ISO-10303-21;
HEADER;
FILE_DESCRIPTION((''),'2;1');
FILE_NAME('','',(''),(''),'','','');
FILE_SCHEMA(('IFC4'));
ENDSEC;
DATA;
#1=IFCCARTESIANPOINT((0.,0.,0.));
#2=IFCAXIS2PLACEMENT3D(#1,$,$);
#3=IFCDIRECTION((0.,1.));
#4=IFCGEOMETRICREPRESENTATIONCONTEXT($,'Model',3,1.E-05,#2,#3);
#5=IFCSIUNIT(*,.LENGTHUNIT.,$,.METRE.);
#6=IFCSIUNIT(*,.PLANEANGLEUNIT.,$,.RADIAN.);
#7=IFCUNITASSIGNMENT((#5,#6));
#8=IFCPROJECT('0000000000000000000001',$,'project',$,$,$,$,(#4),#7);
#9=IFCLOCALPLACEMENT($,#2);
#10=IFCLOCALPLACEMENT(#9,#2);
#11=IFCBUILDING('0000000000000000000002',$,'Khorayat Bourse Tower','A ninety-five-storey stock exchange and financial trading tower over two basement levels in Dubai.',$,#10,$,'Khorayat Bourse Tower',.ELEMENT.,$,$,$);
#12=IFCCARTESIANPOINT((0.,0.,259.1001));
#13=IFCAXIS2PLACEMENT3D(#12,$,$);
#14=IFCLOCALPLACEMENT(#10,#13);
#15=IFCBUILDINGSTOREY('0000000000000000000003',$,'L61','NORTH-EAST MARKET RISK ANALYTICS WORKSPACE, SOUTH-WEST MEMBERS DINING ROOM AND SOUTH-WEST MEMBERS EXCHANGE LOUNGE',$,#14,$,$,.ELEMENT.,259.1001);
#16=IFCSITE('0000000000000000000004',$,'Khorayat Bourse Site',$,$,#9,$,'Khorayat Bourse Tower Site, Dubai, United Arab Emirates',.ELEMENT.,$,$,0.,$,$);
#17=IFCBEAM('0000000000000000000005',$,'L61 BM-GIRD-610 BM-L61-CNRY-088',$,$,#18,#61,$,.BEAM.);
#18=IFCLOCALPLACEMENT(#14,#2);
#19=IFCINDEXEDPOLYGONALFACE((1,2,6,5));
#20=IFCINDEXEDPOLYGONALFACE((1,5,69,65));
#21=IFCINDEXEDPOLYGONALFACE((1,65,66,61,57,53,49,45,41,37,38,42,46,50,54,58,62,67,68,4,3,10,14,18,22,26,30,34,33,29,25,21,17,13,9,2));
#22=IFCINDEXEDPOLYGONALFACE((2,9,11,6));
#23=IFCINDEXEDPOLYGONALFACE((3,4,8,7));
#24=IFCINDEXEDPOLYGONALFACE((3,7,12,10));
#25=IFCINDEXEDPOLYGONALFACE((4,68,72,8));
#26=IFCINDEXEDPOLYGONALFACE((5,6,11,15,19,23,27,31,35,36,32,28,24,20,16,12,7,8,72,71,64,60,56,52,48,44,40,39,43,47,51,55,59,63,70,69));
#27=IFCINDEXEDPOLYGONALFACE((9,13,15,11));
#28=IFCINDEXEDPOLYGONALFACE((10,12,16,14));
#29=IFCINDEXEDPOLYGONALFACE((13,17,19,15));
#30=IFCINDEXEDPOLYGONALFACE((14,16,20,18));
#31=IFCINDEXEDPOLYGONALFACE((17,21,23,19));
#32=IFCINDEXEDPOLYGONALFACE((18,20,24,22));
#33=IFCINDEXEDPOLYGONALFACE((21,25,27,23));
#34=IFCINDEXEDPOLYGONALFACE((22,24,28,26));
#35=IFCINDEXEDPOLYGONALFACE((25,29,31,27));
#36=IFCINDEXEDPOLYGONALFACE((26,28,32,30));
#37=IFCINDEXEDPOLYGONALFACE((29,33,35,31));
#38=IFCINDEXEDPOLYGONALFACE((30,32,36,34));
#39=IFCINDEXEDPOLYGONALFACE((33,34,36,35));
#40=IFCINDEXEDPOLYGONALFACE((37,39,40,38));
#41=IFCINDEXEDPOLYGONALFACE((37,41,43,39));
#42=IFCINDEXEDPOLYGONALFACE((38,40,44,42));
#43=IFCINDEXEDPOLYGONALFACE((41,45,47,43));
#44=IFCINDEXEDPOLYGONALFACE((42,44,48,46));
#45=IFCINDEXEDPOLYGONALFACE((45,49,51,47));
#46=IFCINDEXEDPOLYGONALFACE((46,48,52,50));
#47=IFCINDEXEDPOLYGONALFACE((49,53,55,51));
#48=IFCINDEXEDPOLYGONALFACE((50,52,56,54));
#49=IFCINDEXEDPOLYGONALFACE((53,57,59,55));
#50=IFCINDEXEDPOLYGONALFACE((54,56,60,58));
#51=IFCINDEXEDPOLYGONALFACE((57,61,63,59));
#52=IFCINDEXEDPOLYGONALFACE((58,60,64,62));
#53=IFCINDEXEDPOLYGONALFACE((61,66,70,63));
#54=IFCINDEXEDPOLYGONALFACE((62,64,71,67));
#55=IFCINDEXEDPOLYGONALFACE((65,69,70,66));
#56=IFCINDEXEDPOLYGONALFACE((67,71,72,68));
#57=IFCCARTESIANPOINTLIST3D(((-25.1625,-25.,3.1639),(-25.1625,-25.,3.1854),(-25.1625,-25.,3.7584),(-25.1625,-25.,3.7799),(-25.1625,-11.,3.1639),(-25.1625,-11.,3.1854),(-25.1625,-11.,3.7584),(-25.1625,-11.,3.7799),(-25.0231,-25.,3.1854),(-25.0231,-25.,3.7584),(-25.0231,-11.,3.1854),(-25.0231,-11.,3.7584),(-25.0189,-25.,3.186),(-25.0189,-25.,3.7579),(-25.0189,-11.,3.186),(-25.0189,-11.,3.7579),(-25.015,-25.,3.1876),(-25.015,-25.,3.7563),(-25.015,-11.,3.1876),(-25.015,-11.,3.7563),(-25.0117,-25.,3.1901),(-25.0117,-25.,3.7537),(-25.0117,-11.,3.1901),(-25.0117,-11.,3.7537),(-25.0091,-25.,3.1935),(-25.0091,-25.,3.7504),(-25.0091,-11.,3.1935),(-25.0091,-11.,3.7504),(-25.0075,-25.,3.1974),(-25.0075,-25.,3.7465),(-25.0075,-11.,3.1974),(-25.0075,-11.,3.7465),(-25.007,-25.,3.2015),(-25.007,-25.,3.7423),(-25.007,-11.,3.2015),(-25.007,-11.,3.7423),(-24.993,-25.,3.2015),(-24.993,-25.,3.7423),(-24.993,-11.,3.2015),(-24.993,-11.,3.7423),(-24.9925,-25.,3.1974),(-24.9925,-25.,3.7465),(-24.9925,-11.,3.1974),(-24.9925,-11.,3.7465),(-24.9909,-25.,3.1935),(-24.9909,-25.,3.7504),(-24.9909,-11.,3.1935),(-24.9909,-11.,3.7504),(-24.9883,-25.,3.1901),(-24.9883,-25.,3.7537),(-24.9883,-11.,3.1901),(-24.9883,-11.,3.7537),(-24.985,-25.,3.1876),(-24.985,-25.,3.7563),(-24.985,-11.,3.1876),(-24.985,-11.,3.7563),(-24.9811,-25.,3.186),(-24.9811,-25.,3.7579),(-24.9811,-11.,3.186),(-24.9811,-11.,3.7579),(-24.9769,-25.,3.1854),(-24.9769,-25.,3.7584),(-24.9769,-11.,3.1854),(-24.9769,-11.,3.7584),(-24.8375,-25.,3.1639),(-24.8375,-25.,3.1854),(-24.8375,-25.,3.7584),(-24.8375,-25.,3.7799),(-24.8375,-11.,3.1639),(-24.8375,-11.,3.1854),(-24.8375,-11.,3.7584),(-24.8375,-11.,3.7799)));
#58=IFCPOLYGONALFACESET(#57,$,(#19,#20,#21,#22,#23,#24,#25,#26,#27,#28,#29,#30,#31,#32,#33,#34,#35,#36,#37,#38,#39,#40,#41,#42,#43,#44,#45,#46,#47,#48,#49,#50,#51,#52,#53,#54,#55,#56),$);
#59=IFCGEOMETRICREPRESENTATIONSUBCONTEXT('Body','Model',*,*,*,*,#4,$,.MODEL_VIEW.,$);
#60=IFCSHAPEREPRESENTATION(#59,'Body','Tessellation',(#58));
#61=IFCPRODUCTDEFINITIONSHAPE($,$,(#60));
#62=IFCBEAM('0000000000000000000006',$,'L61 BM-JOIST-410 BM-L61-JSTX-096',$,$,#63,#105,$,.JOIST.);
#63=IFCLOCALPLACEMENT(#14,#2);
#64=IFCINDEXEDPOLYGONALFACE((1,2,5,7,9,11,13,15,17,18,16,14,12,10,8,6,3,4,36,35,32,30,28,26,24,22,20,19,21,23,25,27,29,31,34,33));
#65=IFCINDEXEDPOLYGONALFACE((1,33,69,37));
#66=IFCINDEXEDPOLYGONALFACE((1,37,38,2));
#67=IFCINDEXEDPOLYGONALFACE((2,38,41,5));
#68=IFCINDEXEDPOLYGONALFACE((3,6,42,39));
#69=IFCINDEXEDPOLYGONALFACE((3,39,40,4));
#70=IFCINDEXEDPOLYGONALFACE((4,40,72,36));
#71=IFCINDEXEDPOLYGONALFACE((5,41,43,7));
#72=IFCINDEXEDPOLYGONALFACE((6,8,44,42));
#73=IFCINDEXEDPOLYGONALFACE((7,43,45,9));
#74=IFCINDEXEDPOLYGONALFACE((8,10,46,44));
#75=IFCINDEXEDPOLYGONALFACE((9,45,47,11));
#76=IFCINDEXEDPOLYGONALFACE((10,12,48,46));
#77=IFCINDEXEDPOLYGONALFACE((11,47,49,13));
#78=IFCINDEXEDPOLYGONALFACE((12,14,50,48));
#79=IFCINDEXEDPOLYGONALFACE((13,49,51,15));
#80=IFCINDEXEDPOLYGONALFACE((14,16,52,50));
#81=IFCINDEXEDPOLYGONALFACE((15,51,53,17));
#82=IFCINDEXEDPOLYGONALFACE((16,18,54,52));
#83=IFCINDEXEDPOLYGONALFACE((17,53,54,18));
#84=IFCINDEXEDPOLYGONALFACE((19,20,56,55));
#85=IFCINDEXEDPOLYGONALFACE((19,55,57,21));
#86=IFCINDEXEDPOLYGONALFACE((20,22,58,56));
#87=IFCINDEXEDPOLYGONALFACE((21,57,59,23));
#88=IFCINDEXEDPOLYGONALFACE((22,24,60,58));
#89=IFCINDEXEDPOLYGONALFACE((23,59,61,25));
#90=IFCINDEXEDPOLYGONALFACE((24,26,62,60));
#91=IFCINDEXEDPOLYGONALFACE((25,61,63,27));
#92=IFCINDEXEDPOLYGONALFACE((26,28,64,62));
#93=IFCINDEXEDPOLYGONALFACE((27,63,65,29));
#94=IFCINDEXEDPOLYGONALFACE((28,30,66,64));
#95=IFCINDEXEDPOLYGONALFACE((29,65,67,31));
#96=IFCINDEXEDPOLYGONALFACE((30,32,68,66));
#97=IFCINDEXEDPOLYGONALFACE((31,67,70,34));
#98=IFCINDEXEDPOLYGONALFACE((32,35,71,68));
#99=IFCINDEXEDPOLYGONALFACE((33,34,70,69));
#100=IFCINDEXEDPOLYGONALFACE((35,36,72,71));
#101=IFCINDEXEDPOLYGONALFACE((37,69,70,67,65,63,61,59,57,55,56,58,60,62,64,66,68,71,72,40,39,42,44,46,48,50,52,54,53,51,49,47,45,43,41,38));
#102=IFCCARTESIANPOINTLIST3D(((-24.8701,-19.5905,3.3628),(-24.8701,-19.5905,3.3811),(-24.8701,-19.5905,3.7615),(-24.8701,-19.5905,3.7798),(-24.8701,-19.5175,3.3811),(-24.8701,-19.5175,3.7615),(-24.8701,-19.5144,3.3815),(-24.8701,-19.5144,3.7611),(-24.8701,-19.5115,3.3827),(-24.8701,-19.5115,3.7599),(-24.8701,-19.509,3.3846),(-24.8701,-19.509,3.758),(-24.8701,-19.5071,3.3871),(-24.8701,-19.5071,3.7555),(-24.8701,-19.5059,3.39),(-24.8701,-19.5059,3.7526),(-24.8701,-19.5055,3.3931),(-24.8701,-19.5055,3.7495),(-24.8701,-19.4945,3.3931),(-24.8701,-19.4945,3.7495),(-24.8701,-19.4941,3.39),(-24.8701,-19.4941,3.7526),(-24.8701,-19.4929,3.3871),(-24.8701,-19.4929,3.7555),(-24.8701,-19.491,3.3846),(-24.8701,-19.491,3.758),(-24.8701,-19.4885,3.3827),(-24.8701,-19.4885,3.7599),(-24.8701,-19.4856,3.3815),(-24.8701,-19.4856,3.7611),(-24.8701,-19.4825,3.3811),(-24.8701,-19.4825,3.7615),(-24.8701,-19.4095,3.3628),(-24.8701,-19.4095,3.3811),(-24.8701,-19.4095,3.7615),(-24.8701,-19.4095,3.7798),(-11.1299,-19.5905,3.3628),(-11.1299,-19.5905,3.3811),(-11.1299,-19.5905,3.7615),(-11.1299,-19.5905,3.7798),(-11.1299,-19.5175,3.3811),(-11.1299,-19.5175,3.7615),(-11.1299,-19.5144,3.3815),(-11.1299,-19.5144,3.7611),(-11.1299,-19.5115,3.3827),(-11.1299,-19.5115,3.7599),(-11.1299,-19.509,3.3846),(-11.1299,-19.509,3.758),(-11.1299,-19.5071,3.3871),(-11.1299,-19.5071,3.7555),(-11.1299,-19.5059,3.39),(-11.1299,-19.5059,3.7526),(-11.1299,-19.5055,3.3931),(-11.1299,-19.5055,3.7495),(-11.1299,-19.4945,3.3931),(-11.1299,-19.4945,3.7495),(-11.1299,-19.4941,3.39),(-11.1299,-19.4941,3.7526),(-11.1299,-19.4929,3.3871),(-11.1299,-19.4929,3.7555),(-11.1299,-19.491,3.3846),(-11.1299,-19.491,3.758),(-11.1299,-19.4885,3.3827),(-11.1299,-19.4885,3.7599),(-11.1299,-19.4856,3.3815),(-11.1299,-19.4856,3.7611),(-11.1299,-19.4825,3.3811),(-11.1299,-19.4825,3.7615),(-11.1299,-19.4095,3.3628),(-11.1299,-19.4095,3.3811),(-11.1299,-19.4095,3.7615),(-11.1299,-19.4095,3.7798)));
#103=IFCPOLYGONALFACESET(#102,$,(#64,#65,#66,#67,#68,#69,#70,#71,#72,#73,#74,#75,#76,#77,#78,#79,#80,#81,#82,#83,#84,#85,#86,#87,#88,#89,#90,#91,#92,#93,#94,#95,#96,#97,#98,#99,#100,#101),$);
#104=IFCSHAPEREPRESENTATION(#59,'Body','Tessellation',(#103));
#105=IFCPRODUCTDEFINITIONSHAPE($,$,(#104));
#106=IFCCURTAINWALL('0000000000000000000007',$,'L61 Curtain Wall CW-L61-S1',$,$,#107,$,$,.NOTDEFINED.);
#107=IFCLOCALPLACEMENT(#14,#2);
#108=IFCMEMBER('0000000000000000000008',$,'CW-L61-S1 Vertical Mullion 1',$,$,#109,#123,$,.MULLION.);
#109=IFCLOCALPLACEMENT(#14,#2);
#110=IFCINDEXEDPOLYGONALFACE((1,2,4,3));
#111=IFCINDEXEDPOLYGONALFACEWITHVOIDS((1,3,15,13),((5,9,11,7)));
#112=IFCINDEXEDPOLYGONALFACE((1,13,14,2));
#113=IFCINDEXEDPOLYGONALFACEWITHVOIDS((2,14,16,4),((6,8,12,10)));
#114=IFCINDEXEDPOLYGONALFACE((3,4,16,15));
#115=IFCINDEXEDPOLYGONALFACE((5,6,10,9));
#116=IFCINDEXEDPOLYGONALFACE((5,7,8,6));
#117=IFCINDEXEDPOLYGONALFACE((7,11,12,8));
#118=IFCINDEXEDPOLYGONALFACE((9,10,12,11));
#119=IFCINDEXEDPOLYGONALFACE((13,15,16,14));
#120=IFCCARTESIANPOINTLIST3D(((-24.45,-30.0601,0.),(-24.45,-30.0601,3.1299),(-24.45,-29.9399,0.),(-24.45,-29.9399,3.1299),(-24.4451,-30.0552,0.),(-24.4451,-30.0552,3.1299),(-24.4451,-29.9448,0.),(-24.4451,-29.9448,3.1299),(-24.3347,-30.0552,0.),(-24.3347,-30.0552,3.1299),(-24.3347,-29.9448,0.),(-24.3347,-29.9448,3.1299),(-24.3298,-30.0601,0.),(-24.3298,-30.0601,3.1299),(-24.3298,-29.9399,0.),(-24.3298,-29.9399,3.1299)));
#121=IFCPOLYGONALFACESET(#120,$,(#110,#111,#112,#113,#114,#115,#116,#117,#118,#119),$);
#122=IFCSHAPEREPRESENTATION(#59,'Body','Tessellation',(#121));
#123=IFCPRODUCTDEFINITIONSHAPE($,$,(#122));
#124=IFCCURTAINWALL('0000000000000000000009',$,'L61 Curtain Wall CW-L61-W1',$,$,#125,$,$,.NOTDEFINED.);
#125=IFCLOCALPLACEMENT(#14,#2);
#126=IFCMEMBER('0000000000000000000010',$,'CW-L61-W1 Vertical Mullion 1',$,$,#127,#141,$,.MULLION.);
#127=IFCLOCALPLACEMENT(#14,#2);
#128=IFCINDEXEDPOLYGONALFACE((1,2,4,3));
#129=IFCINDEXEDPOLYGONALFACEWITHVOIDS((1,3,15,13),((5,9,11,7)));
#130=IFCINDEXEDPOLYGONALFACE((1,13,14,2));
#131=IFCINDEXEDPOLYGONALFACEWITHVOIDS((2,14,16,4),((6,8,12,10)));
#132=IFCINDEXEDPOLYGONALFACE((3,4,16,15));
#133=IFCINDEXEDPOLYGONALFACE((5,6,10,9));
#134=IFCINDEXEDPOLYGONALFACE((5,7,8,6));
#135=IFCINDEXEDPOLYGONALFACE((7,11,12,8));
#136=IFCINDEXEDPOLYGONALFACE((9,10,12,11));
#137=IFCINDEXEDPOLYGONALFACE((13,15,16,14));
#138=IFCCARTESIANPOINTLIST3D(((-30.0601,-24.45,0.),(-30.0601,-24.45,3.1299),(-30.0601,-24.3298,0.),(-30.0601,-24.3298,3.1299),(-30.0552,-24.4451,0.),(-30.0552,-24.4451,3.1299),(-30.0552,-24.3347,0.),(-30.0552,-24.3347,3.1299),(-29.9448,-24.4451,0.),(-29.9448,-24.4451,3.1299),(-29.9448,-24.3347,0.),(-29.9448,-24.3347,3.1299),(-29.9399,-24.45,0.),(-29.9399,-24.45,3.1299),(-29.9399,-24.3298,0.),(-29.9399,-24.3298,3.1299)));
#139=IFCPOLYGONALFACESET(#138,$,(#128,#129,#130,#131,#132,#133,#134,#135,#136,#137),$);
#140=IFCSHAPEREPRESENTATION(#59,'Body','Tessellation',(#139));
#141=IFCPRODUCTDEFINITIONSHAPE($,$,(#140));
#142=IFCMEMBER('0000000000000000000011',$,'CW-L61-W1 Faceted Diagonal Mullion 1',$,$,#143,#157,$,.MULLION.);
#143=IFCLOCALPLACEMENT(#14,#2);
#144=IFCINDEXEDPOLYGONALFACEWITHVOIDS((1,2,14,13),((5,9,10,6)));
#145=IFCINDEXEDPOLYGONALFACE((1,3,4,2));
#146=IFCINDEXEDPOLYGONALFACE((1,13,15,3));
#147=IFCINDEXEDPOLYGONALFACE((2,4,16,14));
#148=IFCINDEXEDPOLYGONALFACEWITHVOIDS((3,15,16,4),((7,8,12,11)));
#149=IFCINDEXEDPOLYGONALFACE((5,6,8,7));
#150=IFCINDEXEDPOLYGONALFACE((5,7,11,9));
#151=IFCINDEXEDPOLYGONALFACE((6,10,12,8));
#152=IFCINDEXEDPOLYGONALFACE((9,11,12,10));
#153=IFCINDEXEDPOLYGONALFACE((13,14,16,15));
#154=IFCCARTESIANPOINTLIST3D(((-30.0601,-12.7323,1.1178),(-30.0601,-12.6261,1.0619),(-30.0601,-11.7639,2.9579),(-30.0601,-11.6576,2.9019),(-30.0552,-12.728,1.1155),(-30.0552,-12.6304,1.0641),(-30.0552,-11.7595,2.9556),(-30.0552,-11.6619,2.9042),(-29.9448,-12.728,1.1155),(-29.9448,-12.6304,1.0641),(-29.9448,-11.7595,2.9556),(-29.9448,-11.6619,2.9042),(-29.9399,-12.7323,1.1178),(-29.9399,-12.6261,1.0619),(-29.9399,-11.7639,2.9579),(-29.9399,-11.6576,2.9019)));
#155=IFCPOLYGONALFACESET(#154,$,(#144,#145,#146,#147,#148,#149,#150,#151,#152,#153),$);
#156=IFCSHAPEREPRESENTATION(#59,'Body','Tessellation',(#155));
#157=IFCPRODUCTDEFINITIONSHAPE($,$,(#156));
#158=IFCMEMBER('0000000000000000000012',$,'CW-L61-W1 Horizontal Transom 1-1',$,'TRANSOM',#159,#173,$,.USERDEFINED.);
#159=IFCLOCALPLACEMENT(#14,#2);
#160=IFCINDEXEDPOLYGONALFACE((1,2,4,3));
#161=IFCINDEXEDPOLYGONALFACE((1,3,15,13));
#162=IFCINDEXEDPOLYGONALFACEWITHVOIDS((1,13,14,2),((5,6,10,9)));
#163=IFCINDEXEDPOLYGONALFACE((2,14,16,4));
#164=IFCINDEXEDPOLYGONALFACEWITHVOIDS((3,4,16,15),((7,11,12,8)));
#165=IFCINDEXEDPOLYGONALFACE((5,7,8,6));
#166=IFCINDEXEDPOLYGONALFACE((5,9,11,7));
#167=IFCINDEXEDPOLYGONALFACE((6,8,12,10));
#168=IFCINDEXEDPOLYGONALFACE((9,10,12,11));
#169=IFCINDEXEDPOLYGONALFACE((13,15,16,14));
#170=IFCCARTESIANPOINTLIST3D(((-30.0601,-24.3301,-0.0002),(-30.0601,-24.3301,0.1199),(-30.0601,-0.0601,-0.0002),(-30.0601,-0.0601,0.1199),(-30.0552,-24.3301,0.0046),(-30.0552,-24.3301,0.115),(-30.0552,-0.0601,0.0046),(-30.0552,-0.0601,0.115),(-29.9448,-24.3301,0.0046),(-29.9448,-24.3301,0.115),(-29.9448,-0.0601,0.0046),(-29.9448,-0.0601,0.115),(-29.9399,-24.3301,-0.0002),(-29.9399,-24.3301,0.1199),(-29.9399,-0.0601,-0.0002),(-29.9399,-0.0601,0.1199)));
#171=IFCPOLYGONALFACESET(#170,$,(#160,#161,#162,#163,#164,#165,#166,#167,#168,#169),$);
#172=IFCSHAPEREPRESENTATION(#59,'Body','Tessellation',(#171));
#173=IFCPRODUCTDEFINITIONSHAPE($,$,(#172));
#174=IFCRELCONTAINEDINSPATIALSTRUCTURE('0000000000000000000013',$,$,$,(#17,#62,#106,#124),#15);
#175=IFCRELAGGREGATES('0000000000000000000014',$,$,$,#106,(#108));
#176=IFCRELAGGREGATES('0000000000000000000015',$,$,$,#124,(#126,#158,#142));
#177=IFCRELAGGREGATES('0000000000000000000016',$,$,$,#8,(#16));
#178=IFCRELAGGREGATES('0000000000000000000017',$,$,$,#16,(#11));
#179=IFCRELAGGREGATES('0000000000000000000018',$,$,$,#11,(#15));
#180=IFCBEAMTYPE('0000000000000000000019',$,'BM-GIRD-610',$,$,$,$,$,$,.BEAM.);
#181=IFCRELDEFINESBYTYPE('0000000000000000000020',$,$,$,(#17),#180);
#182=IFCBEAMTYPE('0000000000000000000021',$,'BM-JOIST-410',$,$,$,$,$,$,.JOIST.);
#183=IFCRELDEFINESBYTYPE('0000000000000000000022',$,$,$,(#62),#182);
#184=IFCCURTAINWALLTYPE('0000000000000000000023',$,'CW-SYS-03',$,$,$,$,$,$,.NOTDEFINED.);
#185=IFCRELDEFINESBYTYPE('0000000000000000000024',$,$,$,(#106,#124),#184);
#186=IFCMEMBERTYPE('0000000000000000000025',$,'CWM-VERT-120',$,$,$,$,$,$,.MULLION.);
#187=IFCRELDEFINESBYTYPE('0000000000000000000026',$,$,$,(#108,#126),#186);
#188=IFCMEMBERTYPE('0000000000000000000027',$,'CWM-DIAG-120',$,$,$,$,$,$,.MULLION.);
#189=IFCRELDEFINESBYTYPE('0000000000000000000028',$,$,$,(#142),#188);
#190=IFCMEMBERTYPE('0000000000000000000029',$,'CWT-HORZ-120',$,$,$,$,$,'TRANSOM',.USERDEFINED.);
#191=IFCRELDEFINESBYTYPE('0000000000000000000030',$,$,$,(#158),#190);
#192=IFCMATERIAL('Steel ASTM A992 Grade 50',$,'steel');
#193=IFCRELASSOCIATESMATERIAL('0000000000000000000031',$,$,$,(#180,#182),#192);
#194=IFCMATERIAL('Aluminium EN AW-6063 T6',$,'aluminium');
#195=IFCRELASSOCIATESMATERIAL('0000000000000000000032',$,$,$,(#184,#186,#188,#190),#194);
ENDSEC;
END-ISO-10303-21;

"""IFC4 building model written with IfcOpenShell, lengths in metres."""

from ifc_helpers import new_model, si_unit, direction, frame, origin, origin_2d, place, context, subcontext, project, spatial, hollow_rectangle, i_section, extrude, source, transform, mapped, material, material_profile, profile_set, type_object, element, aggregate, save


model = new_model("IFC4")

# Units and contexts
model_context = context("Model", 3, precision=1e-05, world=origin(), true_north=direction((0.0, 1.0)))
body_context = subcontext(model_context, "Body", "Model", "MODEL_VIEW")
ifc_project = project(units=[si_unit("LENGTHUNIT", "METRE"), si_unit("PLANEANGLEUNIT", "RADIAN")], contexts=[model_context])

# Site, building, storey
site_placement = place(None, origin())
site = spatial("IfcSite", under=ifc_project, at=site_placement, Name="Khorayat Bourse Site", LongName="Khorayat Bourse Tower Site, Dubai, United Arab Emirates", CompositionType="ELEMENT", RefElevation=0.0)
building_placement = place(site_placement, origin())
building = spatial("IfcBuilding", under=site, at=building_placement, Name="Khorayat Bourse Tower", Description="A ninety-five-storey stock exchange and financial trading tower over two basement levels in Dubai.", LongName="Khorayat Bourse Tower", CompositionType="ELEMENT")
storey_placement = place(building_placement, frame((0.0, 0.0, 259.1001)))
storey = spatial("IfcBuildingStorey", under=building, at=storey_placement, Name="L61", Description="NORTH-EAST MARKET RISK ANALYTICS WORKSPACE, SOUTH-WEST MEMBERS DINING ROOM AND SOUTH-WEST MEMBERS EXCHANGE LOUNGE", CompositionType="ELEMENT", Elevation=259.1001)

# Beams
ifc_material_1 = material(Name="Steel ASTM A992 Grade 50", Category="steel")
ifc_material_profile_1 = material_profile(ifc_material_1, i_section(OverallWidth=0.325, OverallDepth=0.616, WebThickness=0.0139, FlangeThickness=0.0215, FilletRadius=0.0161, at=origin_2d()), Name="W610X174")
ifc_profile_set_1 = profile_set([ifc_material_profile_1], Name="Steel ASTM A992 Grade 50")
beam_type_1 = type_object("IfcBeamType", Name="BM-GIRD-610", PredefinedType="BEAM", material=ifc_profile_set_1)
shared_shape_1 = source(origin(), body_context, "Body", "SweptSolid", [
    extrude(i_section(OverallWidth=0.325, OverallDepth=0.616, WebThickness=0.0139, FlangeThickness=0.0215, FilletRadius=0.0161, at=origin_2d()), origin(), (0.0, 0.0, 1.0), 14.0),
])
beam_1_placement = place(storey_placement, frame((-25.0, -25.0, 3.4719), z_axis=(0.0, 1.0, 0.0), x_axis=(-1.0, 0.0, 0.0)))
element("IfcBeam", 1, at=beam_1_placement, inside=storey, type_object=beam_type_1, Name="L61 BM-GIRD-610 BM-L61-CNRY-088", PredefinedType="BEAM", context=body_context, shape_type="MappedRepresentation", body=[
    mapped(shared_shape_1, transform((0.0, 0.0, 0.0), scale=1.0)),
])
ifc_material_profile_2 = material_profile(ifc_material_1, i_section(OverallWidth=0.1809, OverallDepth=0.417, WebThickness=0.011, FlangeThickness=0.0183, FilletRadius=0.012, at=origin_2d()), Name="W410X85")
ifc_profile_set_2 = profile_set([ifc_material_profile_2], Name="Steel ASTM A992 Grade 50")
beam_type_2 = type_object("IfcBeamType", Name="BM-JOIST-410", PredefinedType="JOIST", material=ifc_profile_set_2)
shared_shape_2 = source(origin(), body_context, "Body", "SweptSolid", [
    extrude(i_section(OverallWidth=0.1809, OverallDepth=0.417, WebThickness=0.011, FlangeThickness=0.0183, FilletRadius=0.012, at=origin_2d()), origin(), (0.0, 0.0, 1.0), 13.7402),
])
beam_2_placement = place(storey_placement, frame((-24.8701, -19.5, 3.5713), z_axis=(1.0, 0.0, 0.0), x_axis=(0.0, 1.0, 0.0)))
element("IfcBeam", 2, at=beam_2_placement, inside=storey, type_object=beam_type_2, Name="L61 BM-JOIST-410 BM-L61-JSTX-096", PredefinedType="JOIST", context=body_context, shape_type="MappedRepresentation", body=[
    mapped(shared_shape_2, transform((0.0, 0.0, 0.0), scale=1.0)),
])

# Curtain wall, member
ifc_material_2 = material(Name="Aluminium EN AW-6063 T6", Category="aluminium")
curtain_wall_type = type_object("IfcCurtainWallType", Name="CW-SYS-03", PredefinedType="NOTDEFINED", material=ifc_material_2)
curtain_wall_1_placement = place(storey_placement, origin())
curtain_wall_1 = element("IfcCurtainWall", 3, at=curtain_wall_1_placement, inside=storey, type_object=curtain_wall_type, Name="L61 Curtain Wall CW-L61-S1", PredefinedType="NOTDEFINED")
ifc_material_profile_3 = material_profile(ifc_material_2, hollow_rectangle(XDim=0.1201, YDim=0.1201, WallThickness=0.0049, at=origin_2d()), Name="ALU 120x120x5")
ifc_profile_set_3 = profile_set([ifc_material_profile_3], Name="Aluminium EN AW-6063 T6")
member_type_1 = type_object("IfcMemberType", Name="CWM-VERT-120", PredefinedType="MULLION", material=ifc_profile_set_3)
shared_shape_3 = source(origin(), body_context, "Body", "SweptSolid", [
    extrude(hollow_rectangle(XDim=0.1201, YDim=0.1201, WallThickness=0.0049, at=origin_2d()), origin(), (0.0, 0.0, 1.0), 3.1299),
])
member_1_placement = place(storey_placement, frame((-24.3899, -30.0, 0.0), z_axis=(0.0, 0.0, 1.0), x_axis=(0.0, 1.0, 0.0)))
member_1 = element("IfcMember", 4, at=member_1_placement, type_object=member_type_1, Name="CW-L61-S1 Vertical Mullion 1", PredefinedType="MULLION", context=body_context, shape_type="MappedRepresentation", body=[
    mapped(shared_shape_3, transform((0.0, 0.0, 0.0), scale=1.0)),
])
aggregate(curtain_wall_1, [member_1])

# Curtain wall, members
curtain_wall_2_placement = place(storey_placement, origin())
curtain_wall_2 = element("IfcCurtainWall", 5, at=curtain_wall_2_placement, inside=storey, type_object=curtain_wall_type, Name="L61 Curtain Wall CW-L61-W1", PredefinedType="NOTDEFINED")
member_2_placement = place(storey_placement, frame((-30.0, -24.3899, 0.0), z_axis=(0.0, 0.0, 1.0), x_axis=(-1.0, 0.0, 0.0)))
member_2 = element("IfcMember", 6, at=member_2_placement, type_object=member_type_1, Name="CW-L61-W1 Vertical Mullion 1", PredefinedType="MULLION", context=body_context, shape_type="MappedRepresentation", body=[
    mapped(shared_shape_3, transform((0.0, 0.0, 0.0), scale=1.0)),
])
ifc_material_profile_4 = material_profile(ifc_material_2, hollow_rectangle(XDim=0.1201, YDim=0.1201, WallThickness=0.0049, at=origin_2d()), Name="ALU 120x120x5")
ifc_profile_set_4 = profile_set([ifc_material_profile_4], Name="Aluminium EN AW-6063 T6")
member_type_2 = type_object("IfcMemberType", Name="CWM-DIAG-120", PredefinedType="MULLION", material=ifc_profile_set_4)
shared_shape_4 = source(origin(), body_context, "Body", "SweptSolid", [
    extrude(hollow_rectangle(XDim=0.1201, YDim=0.1201, WallThickness=0.0049, at=origin_2d()), origin(), (0.0, 0.0, 1.0), 2.0793),
])
member_3_placement = place(storey_placement, frame((-30.0, -12.6792, 1.0898), z_axis=(0.0, 0.465761, 0.884911), x_axis=(-1.0, 0.0, 0.0)))
member_3 = element("IfcMember", 7, at=member_3_placement, type_object=member_type_2, Name="CW-L61-W1 Faceted Diagonal Mullion 1", PredefinedType="MULLION", context=body_context, shape_type="MappedRepresentation", body=[
    mapped(shared_shape_4, transform((0.0, 0.0, 0.0), scale=1.0)),
])
ifc_material_profile_5 = material_profile(ifc_material_2, hollow_rectangle(XDim=0.1201, YDim=0.1201, WallThickness=0.0049, at=origin_2d()), Name="ALU 120x120x5")
ifc_profile_set_5 = profile_set([ifc_material_profile_5], Name="Aluminium EN AW-6063 T6")
member_type_3 = type_object("IfcMemberType", Name="CWT-HORZ-120", ElementType="TRANSOM", PredefinedType="USERDEFINED", material=ifc_profile_set_5)
shared_shape_5 = source(origin(), body_context, "Body", "SweptSolid", [
    extrude(hollow_rectangle(XDim=0.1201, YDim=0.1201, WallThickness=0.0049, at=origin_2d()), origin(), (0.0, 0.0, 1.0), 24.27),
])
member_4_placement = place(storey_placement, frame((-30.0, -24.3301, 0.0598), z_axis=(0.0, 1.0, 0.0), x_axis=(-1.0, 0.0, 0.0)))
member_4 = element("IfcMember", 8, at=member_4_placement, type_object=member_type_3, Name="CW-L61-W1 Horizontal Transom 1-1", ObjectType="TRANSOM", PredefinedType="USERDEFINED", context=body_context, shape_type="MappedRepresentation", body=[
    mapped(shared_shape_5, transform((0.0, 0.0, 0.0), scale=1.0)),
])
aggregate(curtain_wall_2, [member_2, member_4, member_3])

save(model, "model.ifc")
